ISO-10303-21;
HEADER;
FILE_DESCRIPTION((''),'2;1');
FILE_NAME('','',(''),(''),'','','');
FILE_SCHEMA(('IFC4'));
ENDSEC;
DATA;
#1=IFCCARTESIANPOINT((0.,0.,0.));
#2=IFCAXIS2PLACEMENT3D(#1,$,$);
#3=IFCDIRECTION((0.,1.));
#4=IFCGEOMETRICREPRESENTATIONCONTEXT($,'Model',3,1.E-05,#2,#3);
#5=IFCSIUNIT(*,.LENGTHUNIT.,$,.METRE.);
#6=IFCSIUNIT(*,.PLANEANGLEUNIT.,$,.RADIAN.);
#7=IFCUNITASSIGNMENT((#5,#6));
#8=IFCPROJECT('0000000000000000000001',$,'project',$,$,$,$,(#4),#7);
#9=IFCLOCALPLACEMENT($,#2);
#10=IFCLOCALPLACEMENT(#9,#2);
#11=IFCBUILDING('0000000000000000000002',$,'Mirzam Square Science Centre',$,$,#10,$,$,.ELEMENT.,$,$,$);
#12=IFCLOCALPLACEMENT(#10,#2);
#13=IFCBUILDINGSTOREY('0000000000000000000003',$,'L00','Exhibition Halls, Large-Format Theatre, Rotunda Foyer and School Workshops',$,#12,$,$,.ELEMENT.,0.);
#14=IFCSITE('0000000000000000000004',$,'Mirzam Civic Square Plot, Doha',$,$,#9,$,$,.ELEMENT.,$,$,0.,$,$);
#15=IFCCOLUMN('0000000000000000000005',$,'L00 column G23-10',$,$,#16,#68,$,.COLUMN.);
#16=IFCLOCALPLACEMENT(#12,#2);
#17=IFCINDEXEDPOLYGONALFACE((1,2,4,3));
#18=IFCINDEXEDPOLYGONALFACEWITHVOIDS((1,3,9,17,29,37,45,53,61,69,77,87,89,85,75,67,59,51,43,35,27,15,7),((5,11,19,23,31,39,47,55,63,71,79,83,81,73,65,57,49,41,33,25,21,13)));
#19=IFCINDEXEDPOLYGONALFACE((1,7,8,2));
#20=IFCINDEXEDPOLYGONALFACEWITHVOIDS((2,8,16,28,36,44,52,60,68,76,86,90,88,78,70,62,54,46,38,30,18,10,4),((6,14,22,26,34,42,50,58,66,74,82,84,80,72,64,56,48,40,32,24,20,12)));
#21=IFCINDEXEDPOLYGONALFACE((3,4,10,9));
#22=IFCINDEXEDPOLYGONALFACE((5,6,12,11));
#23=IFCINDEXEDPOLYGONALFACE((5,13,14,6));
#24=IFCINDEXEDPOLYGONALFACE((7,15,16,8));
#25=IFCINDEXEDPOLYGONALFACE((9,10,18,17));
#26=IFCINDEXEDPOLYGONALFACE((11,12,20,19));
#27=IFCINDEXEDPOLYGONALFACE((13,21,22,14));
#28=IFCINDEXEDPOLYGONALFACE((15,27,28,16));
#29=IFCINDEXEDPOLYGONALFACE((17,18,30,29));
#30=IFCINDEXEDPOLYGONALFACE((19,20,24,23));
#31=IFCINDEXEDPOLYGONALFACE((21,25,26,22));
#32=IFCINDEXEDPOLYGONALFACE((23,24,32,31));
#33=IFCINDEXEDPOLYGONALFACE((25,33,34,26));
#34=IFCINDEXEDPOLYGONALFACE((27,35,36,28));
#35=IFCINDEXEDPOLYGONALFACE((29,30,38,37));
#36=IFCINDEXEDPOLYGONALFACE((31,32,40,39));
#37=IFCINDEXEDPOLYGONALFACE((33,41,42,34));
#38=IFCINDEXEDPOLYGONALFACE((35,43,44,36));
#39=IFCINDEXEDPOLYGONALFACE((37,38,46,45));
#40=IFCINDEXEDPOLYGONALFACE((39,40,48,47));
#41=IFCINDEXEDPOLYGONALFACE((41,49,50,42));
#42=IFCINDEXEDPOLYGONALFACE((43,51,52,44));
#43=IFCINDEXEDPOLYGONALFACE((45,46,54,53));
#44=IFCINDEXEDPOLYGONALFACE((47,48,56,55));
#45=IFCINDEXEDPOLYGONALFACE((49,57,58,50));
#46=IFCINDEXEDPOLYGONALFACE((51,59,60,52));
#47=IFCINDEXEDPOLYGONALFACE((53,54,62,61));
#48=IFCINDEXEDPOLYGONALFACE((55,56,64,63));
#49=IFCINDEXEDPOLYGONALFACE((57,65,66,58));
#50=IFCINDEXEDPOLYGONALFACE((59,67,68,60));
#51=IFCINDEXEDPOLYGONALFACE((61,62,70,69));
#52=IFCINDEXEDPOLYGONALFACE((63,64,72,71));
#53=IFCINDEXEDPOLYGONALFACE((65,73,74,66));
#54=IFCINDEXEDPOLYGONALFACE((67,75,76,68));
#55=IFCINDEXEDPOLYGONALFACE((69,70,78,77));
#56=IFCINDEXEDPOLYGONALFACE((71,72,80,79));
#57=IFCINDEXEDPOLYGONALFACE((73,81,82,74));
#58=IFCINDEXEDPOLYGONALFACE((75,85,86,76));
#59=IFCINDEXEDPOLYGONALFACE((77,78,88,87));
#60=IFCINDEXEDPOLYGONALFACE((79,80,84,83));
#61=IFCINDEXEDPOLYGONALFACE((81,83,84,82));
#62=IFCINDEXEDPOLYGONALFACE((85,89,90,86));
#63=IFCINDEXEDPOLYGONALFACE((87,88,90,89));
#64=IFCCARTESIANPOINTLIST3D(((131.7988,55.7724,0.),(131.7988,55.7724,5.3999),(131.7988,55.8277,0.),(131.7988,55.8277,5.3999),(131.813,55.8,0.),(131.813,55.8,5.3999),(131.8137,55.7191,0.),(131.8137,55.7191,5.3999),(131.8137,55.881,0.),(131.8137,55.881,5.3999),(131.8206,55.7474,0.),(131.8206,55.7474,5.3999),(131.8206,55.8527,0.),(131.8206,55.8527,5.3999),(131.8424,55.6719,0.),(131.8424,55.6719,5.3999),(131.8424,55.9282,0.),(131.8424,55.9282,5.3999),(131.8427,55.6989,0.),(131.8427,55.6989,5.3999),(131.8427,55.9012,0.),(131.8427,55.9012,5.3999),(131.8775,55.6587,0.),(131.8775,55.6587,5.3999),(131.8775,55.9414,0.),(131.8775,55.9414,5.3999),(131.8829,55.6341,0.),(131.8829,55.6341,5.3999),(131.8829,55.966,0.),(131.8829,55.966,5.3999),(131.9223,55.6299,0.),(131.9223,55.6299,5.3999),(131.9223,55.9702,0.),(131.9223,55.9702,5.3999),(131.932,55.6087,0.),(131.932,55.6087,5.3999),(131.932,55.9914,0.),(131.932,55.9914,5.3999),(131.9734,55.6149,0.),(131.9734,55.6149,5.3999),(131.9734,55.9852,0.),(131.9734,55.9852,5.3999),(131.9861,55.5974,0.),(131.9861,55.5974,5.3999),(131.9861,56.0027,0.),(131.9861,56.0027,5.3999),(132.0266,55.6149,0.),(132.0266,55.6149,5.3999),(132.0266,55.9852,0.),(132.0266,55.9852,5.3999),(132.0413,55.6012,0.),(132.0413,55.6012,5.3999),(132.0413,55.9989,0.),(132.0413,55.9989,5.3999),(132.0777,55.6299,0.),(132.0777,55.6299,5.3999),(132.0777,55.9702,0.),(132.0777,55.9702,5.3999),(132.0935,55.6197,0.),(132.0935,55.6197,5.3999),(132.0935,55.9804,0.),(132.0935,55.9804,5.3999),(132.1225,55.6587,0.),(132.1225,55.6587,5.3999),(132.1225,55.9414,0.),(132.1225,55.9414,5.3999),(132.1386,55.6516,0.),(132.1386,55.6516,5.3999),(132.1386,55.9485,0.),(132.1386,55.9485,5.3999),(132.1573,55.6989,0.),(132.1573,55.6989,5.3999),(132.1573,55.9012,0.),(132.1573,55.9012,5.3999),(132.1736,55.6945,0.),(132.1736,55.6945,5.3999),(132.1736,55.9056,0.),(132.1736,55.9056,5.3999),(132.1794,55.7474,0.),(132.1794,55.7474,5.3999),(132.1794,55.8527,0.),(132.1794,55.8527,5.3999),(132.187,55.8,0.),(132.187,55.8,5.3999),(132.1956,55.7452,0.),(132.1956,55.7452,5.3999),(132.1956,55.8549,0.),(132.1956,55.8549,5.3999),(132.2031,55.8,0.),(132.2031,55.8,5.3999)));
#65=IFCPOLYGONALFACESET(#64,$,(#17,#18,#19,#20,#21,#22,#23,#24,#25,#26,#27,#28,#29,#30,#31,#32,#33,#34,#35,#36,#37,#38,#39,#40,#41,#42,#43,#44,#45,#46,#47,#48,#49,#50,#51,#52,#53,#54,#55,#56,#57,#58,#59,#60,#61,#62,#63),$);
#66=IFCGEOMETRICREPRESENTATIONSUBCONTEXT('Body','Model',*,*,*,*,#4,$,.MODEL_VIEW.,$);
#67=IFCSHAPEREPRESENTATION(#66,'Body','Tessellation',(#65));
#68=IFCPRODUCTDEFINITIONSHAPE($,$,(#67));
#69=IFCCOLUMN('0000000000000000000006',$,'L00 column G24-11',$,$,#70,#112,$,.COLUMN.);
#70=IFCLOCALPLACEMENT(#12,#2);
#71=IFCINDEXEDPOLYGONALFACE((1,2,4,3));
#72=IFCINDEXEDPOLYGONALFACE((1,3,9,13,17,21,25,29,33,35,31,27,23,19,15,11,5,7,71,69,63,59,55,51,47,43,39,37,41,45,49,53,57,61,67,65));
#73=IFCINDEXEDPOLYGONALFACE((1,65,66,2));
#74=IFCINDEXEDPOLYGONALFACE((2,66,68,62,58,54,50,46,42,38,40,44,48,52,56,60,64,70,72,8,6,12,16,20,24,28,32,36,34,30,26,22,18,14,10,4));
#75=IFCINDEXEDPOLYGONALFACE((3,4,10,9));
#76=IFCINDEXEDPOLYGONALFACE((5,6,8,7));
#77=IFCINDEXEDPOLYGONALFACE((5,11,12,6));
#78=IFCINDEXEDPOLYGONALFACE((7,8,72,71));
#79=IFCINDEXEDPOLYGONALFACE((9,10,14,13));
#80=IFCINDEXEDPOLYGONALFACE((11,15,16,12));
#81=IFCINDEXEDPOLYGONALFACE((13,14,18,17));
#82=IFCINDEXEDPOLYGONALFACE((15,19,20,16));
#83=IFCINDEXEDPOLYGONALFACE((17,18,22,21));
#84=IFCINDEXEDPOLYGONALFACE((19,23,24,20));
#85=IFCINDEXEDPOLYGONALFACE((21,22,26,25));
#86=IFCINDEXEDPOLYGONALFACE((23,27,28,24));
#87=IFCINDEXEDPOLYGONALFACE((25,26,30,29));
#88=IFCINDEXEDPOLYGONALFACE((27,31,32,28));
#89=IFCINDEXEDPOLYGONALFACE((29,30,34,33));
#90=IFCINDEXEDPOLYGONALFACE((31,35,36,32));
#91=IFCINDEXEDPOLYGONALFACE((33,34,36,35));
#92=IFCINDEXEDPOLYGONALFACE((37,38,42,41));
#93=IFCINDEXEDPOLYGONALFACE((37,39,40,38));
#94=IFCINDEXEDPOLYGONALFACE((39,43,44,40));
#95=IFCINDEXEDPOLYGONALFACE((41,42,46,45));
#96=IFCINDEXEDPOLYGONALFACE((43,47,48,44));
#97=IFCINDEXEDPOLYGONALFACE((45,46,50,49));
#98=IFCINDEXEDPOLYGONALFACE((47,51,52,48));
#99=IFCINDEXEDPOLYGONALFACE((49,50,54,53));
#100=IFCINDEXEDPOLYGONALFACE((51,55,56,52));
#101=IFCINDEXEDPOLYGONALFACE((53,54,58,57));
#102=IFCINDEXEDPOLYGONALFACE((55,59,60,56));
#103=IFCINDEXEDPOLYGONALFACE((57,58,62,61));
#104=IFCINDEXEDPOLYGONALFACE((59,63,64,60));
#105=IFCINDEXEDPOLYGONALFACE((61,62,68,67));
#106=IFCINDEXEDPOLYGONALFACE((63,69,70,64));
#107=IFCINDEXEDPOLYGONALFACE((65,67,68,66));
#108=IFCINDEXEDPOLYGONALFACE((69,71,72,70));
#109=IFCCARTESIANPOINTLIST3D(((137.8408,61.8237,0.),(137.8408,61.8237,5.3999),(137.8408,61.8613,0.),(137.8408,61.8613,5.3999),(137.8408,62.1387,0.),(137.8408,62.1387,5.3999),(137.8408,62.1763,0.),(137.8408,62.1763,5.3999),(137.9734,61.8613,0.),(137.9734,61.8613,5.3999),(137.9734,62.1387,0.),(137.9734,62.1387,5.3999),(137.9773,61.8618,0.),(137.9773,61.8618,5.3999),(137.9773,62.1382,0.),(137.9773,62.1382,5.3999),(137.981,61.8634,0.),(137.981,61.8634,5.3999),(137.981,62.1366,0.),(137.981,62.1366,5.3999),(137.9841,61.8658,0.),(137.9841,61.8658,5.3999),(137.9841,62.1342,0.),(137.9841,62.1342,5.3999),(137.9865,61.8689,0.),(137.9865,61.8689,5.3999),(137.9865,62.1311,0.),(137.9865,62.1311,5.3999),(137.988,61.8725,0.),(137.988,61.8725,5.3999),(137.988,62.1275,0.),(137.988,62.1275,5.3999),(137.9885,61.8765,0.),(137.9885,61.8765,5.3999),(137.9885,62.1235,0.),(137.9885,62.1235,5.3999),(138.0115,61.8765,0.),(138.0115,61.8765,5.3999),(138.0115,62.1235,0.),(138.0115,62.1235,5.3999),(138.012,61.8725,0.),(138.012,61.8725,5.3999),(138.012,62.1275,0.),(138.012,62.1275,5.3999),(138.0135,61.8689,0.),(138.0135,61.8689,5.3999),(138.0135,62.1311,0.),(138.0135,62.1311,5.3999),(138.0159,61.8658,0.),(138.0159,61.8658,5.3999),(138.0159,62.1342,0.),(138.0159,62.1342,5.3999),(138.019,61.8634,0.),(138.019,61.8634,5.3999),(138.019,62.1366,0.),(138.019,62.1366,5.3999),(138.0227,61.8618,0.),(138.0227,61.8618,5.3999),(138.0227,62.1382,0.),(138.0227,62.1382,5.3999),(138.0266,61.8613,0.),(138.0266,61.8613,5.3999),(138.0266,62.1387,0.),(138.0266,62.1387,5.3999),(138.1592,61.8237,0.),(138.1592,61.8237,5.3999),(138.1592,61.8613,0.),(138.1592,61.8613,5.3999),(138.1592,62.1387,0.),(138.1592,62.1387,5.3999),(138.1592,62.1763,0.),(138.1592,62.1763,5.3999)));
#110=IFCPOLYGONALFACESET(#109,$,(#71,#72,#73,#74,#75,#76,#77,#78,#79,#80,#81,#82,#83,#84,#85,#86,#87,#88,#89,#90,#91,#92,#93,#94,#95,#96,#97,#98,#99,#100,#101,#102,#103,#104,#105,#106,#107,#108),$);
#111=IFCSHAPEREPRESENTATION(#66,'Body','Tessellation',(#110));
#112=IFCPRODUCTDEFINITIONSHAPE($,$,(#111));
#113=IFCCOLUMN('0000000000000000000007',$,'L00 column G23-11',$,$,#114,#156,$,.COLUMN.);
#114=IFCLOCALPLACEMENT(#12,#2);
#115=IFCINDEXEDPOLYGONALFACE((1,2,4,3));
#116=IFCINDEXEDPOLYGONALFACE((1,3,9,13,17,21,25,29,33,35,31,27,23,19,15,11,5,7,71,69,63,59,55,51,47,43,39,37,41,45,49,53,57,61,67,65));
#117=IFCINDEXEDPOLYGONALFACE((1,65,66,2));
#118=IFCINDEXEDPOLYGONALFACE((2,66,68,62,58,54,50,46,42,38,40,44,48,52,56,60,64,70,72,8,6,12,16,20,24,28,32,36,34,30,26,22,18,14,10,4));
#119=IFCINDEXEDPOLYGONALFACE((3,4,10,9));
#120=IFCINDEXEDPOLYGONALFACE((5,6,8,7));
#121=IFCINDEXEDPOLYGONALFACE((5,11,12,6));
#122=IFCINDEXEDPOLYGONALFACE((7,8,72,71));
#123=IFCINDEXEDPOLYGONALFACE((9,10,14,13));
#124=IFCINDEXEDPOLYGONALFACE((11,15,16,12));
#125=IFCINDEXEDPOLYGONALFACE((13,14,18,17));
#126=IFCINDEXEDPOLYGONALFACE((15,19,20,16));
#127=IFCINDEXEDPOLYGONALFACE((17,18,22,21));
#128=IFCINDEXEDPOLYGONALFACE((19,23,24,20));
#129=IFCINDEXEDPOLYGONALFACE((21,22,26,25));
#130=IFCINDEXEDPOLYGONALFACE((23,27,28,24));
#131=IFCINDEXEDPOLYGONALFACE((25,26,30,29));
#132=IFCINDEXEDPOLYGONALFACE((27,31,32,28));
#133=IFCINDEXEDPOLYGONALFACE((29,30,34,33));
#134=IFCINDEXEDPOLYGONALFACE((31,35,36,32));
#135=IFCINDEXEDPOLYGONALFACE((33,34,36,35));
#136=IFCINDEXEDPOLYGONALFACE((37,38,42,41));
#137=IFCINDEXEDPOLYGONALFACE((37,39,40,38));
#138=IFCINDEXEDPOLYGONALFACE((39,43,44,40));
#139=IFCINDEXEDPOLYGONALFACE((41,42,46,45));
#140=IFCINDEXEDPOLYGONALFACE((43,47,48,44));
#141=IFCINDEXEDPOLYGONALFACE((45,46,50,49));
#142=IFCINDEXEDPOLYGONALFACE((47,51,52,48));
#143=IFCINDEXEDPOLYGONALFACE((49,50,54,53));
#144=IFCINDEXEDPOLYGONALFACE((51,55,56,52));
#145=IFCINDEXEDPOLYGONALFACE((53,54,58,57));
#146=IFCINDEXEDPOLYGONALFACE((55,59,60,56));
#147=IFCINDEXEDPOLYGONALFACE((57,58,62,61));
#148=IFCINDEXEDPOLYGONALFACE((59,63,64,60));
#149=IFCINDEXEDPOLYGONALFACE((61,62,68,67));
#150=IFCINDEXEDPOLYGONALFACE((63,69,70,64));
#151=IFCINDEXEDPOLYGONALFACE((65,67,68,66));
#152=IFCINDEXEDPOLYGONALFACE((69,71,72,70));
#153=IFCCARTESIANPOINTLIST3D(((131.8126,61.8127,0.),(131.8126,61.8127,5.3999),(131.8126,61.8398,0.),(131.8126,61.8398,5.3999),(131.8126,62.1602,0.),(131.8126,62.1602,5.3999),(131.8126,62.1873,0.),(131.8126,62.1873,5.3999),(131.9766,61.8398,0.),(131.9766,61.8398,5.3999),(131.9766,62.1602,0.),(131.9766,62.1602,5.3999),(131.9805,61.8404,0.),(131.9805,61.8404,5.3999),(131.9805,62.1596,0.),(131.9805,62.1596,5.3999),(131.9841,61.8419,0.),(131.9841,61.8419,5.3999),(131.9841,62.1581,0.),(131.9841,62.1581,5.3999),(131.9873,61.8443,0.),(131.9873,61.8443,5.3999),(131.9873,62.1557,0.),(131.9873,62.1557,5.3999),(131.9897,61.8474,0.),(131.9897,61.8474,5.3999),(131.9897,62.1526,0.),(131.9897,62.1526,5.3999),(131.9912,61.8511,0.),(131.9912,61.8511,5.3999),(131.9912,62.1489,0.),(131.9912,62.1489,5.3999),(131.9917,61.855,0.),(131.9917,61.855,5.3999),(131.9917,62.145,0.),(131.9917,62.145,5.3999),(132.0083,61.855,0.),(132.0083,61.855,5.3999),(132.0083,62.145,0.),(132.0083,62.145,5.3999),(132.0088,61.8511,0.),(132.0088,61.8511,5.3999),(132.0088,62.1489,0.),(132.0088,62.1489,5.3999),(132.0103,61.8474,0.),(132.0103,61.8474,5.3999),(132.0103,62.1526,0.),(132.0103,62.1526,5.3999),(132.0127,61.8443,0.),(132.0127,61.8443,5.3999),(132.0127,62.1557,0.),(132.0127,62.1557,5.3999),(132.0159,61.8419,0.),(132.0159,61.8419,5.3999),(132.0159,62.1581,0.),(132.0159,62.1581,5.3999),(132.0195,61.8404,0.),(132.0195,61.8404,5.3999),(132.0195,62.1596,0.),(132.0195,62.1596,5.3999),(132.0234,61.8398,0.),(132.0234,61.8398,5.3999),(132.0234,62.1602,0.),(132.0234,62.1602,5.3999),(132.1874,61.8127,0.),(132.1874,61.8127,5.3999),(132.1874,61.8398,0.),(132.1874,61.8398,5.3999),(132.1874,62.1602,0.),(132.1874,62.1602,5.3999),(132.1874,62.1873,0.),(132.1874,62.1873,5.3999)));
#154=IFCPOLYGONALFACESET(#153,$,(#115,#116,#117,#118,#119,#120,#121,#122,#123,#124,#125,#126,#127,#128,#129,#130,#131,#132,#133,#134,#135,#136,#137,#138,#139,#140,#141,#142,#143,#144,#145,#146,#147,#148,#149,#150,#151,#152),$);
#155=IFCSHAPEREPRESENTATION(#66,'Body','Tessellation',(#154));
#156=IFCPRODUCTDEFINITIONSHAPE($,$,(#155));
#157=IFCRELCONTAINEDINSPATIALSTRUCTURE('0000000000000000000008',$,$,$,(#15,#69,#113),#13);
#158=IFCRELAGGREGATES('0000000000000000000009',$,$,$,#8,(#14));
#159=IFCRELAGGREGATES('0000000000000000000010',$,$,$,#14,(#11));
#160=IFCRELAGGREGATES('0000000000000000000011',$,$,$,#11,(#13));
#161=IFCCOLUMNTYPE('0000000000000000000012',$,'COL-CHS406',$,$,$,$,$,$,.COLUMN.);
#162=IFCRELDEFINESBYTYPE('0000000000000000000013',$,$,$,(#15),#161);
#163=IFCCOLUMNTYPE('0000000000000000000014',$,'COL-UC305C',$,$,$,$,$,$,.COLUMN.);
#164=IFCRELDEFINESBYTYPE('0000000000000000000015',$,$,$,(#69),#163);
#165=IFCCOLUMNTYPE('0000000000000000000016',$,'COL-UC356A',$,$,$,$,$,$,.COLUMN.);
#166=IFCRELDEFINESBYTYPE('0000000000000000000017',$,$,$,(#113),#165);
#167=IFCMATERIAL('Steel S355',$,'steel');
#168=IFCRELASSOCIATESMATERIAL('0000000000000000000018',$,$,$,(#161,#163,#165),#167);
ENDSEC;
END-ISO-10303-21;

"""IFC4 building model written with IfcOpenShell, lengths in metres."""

from ifc_helpers import new_model, si_unit, direction, frame, origin, origin_2d, place, context, subcontext, project, spatial, hollow_circle, i_section, extrude, material, material_profile, profile_set, type_object, element, save


model = new_model("IFC4")

# Units and contexts
model_context = context("Model", 3, precision=1e-05, world=origin(), true_north=direction((0.0, 1.0)))
body_context = subcontext(model_context, "Body", "Model", "MODEL_VIEW")
ifc_project = project(units=[si_unit("LENGTHUNIT", "METRE"), si_unit("PLANEANGLEUNIT", "RADIAN")], contexts=[model_context])

# Site, building, storey
site_placement = place(None, origin())
site = spatial("IfcSite", under=ifc_project, at=site_placement, Name="Mirzam Civic Square Plot, Doha", CompositionType="ELEMENT", RefElevation=0.0)
building_placement = place(site_placement, origin())
building = spatial("IfcBuilding", under=site, at=building_placement, Name="Mirzam Square Science Centre", CompositionType="ELEMENT")
storey_placement = place(building_placement, origin())
storey = spatial("IfcBuildingStorey", under=building, at=storey_placement, Name="L00", Description="Exhibition Halls, Large-Format Theatre, Rotunda Foyer and School Workshops", CompositionType="ELEMENT", Elevation=0.0)

# Columns
ifc_material_1 = material(Name="Steel S355", Category="steel")
ifc_material_profile_1 = material_profile(ifc_material_1, hollow_circle(Radius=0.2031, WallThickness=0.0161, at=origin_2d()), Name="406.4x16.0CHS")
ifc_profile_set_1 = profile_set([ifc_material_profile_1], Name="Steel S355")
column_type_1 = type_object("IfcColumnType", Name="COL-CHS406", PredefinedType="COLUMN", material=ifc_profile_set_1)
column_1_placement = place(storey_placement, frame((132.0, 55.8, 0.0), z_axis=(0.0, 0.0, 1.0), x_axis=(1.0, 0.0, 0.0)))
element("IfcColumn", 1, at=column_1_placement, inside=storey, type_object=column_type_1, Name="L00 column G23-10", PredefinedType="COLUMN", context=body_context, shape_type="SweptSolid", body=[
    extrude(hollow_circle(Radius=0.2031, WallThickness=0.0161, at=origin_2d()), origin(), (0.0, 0.0, 1.0), 5.3999),
])
ifc_material_profile_2 = material_profile(ifc_material_1, i_section(OverallWidth=0.3184, OverallDepth=0.3525, WebThickness=0.0229, FlangeThickness=0.0376, FilletRadius=0.0151, at=origin_2d()), Name="305x305x240UC")
ifc_profile_set_2 = profile_set([ifc_material_profile_2], Name="Steel S355")
column_type_2 = type_object("IfcColumnType", Name="COL-UC305C", PredefinedType="COLUMN", material=ifc_profile_set_2)
column_2_placement = place(storey_placement, frame((138.0, 62.0, 0.0), z_axis=(0.0, 0.0, 1.0), x_axis=(1.0, 0.0, 0.0)))
element("IfcColumn", 2, at=column_2_placement, inside=storey, type_object=column_type_2, Name="L00 column G24-11", PredefinedType="COLUMN", context=body_context, shape_type="SweptSolid", body=[
    extrude(i_section(OverallWidth=0.3184, OverallDepth=0.3525, WebThickness=0.0229, FlangeThickness=0.0376, FilletRadius=0.0151, at=origin_2d()), origin(), (0.0, 0.0, 1.0), 5.3999),
])
ifc_material_profile_3 = material_profile(ifc_material_1, i_section(OverallWidth=0.3748, OverallDepth=0.3745, WebThickness=0.0166, FlangeThickness=0.0271, FilletRadius=0.0151, at=origin_2d()), Name="356x368x202UC")
ifc_profile_set_3 = profile_set([ifc_material_profile_3], Name="Steel S355")
column_type_3 = type_object("IfcColumnType", Name="COL-UC356A", PredefinedType="COLUMN", material=ifc_profile_set_3)
for number, where, z_axis, x_axis, name in (
    (3, (132.0, 62.0, 0.0), (0.0, 0.0, 1.0), (1.0, 0.0, 0.0), "L00 column G23-11"),
):
    element("IfcColumn", number, at=place(storey_placement, frame(where, z_axis=z_axis, x_axis=x_axis)), inside=storey, type_object=column_type_3, Name=name, PredefinedType="COLUMN", context=body_context, shape_type="SweptSolid", body=[
        extrude(i_section(OverallWidth=0.3748, OverallDepth=0.3745, WebThickness=0.0166, FlangeThickness=0.0271, FilletRadius=0.0151, at=origin_2d()), origin(), (0.0, 0.0, 1.0), 5.3999),
    ])

save(model, "model.ifc")
